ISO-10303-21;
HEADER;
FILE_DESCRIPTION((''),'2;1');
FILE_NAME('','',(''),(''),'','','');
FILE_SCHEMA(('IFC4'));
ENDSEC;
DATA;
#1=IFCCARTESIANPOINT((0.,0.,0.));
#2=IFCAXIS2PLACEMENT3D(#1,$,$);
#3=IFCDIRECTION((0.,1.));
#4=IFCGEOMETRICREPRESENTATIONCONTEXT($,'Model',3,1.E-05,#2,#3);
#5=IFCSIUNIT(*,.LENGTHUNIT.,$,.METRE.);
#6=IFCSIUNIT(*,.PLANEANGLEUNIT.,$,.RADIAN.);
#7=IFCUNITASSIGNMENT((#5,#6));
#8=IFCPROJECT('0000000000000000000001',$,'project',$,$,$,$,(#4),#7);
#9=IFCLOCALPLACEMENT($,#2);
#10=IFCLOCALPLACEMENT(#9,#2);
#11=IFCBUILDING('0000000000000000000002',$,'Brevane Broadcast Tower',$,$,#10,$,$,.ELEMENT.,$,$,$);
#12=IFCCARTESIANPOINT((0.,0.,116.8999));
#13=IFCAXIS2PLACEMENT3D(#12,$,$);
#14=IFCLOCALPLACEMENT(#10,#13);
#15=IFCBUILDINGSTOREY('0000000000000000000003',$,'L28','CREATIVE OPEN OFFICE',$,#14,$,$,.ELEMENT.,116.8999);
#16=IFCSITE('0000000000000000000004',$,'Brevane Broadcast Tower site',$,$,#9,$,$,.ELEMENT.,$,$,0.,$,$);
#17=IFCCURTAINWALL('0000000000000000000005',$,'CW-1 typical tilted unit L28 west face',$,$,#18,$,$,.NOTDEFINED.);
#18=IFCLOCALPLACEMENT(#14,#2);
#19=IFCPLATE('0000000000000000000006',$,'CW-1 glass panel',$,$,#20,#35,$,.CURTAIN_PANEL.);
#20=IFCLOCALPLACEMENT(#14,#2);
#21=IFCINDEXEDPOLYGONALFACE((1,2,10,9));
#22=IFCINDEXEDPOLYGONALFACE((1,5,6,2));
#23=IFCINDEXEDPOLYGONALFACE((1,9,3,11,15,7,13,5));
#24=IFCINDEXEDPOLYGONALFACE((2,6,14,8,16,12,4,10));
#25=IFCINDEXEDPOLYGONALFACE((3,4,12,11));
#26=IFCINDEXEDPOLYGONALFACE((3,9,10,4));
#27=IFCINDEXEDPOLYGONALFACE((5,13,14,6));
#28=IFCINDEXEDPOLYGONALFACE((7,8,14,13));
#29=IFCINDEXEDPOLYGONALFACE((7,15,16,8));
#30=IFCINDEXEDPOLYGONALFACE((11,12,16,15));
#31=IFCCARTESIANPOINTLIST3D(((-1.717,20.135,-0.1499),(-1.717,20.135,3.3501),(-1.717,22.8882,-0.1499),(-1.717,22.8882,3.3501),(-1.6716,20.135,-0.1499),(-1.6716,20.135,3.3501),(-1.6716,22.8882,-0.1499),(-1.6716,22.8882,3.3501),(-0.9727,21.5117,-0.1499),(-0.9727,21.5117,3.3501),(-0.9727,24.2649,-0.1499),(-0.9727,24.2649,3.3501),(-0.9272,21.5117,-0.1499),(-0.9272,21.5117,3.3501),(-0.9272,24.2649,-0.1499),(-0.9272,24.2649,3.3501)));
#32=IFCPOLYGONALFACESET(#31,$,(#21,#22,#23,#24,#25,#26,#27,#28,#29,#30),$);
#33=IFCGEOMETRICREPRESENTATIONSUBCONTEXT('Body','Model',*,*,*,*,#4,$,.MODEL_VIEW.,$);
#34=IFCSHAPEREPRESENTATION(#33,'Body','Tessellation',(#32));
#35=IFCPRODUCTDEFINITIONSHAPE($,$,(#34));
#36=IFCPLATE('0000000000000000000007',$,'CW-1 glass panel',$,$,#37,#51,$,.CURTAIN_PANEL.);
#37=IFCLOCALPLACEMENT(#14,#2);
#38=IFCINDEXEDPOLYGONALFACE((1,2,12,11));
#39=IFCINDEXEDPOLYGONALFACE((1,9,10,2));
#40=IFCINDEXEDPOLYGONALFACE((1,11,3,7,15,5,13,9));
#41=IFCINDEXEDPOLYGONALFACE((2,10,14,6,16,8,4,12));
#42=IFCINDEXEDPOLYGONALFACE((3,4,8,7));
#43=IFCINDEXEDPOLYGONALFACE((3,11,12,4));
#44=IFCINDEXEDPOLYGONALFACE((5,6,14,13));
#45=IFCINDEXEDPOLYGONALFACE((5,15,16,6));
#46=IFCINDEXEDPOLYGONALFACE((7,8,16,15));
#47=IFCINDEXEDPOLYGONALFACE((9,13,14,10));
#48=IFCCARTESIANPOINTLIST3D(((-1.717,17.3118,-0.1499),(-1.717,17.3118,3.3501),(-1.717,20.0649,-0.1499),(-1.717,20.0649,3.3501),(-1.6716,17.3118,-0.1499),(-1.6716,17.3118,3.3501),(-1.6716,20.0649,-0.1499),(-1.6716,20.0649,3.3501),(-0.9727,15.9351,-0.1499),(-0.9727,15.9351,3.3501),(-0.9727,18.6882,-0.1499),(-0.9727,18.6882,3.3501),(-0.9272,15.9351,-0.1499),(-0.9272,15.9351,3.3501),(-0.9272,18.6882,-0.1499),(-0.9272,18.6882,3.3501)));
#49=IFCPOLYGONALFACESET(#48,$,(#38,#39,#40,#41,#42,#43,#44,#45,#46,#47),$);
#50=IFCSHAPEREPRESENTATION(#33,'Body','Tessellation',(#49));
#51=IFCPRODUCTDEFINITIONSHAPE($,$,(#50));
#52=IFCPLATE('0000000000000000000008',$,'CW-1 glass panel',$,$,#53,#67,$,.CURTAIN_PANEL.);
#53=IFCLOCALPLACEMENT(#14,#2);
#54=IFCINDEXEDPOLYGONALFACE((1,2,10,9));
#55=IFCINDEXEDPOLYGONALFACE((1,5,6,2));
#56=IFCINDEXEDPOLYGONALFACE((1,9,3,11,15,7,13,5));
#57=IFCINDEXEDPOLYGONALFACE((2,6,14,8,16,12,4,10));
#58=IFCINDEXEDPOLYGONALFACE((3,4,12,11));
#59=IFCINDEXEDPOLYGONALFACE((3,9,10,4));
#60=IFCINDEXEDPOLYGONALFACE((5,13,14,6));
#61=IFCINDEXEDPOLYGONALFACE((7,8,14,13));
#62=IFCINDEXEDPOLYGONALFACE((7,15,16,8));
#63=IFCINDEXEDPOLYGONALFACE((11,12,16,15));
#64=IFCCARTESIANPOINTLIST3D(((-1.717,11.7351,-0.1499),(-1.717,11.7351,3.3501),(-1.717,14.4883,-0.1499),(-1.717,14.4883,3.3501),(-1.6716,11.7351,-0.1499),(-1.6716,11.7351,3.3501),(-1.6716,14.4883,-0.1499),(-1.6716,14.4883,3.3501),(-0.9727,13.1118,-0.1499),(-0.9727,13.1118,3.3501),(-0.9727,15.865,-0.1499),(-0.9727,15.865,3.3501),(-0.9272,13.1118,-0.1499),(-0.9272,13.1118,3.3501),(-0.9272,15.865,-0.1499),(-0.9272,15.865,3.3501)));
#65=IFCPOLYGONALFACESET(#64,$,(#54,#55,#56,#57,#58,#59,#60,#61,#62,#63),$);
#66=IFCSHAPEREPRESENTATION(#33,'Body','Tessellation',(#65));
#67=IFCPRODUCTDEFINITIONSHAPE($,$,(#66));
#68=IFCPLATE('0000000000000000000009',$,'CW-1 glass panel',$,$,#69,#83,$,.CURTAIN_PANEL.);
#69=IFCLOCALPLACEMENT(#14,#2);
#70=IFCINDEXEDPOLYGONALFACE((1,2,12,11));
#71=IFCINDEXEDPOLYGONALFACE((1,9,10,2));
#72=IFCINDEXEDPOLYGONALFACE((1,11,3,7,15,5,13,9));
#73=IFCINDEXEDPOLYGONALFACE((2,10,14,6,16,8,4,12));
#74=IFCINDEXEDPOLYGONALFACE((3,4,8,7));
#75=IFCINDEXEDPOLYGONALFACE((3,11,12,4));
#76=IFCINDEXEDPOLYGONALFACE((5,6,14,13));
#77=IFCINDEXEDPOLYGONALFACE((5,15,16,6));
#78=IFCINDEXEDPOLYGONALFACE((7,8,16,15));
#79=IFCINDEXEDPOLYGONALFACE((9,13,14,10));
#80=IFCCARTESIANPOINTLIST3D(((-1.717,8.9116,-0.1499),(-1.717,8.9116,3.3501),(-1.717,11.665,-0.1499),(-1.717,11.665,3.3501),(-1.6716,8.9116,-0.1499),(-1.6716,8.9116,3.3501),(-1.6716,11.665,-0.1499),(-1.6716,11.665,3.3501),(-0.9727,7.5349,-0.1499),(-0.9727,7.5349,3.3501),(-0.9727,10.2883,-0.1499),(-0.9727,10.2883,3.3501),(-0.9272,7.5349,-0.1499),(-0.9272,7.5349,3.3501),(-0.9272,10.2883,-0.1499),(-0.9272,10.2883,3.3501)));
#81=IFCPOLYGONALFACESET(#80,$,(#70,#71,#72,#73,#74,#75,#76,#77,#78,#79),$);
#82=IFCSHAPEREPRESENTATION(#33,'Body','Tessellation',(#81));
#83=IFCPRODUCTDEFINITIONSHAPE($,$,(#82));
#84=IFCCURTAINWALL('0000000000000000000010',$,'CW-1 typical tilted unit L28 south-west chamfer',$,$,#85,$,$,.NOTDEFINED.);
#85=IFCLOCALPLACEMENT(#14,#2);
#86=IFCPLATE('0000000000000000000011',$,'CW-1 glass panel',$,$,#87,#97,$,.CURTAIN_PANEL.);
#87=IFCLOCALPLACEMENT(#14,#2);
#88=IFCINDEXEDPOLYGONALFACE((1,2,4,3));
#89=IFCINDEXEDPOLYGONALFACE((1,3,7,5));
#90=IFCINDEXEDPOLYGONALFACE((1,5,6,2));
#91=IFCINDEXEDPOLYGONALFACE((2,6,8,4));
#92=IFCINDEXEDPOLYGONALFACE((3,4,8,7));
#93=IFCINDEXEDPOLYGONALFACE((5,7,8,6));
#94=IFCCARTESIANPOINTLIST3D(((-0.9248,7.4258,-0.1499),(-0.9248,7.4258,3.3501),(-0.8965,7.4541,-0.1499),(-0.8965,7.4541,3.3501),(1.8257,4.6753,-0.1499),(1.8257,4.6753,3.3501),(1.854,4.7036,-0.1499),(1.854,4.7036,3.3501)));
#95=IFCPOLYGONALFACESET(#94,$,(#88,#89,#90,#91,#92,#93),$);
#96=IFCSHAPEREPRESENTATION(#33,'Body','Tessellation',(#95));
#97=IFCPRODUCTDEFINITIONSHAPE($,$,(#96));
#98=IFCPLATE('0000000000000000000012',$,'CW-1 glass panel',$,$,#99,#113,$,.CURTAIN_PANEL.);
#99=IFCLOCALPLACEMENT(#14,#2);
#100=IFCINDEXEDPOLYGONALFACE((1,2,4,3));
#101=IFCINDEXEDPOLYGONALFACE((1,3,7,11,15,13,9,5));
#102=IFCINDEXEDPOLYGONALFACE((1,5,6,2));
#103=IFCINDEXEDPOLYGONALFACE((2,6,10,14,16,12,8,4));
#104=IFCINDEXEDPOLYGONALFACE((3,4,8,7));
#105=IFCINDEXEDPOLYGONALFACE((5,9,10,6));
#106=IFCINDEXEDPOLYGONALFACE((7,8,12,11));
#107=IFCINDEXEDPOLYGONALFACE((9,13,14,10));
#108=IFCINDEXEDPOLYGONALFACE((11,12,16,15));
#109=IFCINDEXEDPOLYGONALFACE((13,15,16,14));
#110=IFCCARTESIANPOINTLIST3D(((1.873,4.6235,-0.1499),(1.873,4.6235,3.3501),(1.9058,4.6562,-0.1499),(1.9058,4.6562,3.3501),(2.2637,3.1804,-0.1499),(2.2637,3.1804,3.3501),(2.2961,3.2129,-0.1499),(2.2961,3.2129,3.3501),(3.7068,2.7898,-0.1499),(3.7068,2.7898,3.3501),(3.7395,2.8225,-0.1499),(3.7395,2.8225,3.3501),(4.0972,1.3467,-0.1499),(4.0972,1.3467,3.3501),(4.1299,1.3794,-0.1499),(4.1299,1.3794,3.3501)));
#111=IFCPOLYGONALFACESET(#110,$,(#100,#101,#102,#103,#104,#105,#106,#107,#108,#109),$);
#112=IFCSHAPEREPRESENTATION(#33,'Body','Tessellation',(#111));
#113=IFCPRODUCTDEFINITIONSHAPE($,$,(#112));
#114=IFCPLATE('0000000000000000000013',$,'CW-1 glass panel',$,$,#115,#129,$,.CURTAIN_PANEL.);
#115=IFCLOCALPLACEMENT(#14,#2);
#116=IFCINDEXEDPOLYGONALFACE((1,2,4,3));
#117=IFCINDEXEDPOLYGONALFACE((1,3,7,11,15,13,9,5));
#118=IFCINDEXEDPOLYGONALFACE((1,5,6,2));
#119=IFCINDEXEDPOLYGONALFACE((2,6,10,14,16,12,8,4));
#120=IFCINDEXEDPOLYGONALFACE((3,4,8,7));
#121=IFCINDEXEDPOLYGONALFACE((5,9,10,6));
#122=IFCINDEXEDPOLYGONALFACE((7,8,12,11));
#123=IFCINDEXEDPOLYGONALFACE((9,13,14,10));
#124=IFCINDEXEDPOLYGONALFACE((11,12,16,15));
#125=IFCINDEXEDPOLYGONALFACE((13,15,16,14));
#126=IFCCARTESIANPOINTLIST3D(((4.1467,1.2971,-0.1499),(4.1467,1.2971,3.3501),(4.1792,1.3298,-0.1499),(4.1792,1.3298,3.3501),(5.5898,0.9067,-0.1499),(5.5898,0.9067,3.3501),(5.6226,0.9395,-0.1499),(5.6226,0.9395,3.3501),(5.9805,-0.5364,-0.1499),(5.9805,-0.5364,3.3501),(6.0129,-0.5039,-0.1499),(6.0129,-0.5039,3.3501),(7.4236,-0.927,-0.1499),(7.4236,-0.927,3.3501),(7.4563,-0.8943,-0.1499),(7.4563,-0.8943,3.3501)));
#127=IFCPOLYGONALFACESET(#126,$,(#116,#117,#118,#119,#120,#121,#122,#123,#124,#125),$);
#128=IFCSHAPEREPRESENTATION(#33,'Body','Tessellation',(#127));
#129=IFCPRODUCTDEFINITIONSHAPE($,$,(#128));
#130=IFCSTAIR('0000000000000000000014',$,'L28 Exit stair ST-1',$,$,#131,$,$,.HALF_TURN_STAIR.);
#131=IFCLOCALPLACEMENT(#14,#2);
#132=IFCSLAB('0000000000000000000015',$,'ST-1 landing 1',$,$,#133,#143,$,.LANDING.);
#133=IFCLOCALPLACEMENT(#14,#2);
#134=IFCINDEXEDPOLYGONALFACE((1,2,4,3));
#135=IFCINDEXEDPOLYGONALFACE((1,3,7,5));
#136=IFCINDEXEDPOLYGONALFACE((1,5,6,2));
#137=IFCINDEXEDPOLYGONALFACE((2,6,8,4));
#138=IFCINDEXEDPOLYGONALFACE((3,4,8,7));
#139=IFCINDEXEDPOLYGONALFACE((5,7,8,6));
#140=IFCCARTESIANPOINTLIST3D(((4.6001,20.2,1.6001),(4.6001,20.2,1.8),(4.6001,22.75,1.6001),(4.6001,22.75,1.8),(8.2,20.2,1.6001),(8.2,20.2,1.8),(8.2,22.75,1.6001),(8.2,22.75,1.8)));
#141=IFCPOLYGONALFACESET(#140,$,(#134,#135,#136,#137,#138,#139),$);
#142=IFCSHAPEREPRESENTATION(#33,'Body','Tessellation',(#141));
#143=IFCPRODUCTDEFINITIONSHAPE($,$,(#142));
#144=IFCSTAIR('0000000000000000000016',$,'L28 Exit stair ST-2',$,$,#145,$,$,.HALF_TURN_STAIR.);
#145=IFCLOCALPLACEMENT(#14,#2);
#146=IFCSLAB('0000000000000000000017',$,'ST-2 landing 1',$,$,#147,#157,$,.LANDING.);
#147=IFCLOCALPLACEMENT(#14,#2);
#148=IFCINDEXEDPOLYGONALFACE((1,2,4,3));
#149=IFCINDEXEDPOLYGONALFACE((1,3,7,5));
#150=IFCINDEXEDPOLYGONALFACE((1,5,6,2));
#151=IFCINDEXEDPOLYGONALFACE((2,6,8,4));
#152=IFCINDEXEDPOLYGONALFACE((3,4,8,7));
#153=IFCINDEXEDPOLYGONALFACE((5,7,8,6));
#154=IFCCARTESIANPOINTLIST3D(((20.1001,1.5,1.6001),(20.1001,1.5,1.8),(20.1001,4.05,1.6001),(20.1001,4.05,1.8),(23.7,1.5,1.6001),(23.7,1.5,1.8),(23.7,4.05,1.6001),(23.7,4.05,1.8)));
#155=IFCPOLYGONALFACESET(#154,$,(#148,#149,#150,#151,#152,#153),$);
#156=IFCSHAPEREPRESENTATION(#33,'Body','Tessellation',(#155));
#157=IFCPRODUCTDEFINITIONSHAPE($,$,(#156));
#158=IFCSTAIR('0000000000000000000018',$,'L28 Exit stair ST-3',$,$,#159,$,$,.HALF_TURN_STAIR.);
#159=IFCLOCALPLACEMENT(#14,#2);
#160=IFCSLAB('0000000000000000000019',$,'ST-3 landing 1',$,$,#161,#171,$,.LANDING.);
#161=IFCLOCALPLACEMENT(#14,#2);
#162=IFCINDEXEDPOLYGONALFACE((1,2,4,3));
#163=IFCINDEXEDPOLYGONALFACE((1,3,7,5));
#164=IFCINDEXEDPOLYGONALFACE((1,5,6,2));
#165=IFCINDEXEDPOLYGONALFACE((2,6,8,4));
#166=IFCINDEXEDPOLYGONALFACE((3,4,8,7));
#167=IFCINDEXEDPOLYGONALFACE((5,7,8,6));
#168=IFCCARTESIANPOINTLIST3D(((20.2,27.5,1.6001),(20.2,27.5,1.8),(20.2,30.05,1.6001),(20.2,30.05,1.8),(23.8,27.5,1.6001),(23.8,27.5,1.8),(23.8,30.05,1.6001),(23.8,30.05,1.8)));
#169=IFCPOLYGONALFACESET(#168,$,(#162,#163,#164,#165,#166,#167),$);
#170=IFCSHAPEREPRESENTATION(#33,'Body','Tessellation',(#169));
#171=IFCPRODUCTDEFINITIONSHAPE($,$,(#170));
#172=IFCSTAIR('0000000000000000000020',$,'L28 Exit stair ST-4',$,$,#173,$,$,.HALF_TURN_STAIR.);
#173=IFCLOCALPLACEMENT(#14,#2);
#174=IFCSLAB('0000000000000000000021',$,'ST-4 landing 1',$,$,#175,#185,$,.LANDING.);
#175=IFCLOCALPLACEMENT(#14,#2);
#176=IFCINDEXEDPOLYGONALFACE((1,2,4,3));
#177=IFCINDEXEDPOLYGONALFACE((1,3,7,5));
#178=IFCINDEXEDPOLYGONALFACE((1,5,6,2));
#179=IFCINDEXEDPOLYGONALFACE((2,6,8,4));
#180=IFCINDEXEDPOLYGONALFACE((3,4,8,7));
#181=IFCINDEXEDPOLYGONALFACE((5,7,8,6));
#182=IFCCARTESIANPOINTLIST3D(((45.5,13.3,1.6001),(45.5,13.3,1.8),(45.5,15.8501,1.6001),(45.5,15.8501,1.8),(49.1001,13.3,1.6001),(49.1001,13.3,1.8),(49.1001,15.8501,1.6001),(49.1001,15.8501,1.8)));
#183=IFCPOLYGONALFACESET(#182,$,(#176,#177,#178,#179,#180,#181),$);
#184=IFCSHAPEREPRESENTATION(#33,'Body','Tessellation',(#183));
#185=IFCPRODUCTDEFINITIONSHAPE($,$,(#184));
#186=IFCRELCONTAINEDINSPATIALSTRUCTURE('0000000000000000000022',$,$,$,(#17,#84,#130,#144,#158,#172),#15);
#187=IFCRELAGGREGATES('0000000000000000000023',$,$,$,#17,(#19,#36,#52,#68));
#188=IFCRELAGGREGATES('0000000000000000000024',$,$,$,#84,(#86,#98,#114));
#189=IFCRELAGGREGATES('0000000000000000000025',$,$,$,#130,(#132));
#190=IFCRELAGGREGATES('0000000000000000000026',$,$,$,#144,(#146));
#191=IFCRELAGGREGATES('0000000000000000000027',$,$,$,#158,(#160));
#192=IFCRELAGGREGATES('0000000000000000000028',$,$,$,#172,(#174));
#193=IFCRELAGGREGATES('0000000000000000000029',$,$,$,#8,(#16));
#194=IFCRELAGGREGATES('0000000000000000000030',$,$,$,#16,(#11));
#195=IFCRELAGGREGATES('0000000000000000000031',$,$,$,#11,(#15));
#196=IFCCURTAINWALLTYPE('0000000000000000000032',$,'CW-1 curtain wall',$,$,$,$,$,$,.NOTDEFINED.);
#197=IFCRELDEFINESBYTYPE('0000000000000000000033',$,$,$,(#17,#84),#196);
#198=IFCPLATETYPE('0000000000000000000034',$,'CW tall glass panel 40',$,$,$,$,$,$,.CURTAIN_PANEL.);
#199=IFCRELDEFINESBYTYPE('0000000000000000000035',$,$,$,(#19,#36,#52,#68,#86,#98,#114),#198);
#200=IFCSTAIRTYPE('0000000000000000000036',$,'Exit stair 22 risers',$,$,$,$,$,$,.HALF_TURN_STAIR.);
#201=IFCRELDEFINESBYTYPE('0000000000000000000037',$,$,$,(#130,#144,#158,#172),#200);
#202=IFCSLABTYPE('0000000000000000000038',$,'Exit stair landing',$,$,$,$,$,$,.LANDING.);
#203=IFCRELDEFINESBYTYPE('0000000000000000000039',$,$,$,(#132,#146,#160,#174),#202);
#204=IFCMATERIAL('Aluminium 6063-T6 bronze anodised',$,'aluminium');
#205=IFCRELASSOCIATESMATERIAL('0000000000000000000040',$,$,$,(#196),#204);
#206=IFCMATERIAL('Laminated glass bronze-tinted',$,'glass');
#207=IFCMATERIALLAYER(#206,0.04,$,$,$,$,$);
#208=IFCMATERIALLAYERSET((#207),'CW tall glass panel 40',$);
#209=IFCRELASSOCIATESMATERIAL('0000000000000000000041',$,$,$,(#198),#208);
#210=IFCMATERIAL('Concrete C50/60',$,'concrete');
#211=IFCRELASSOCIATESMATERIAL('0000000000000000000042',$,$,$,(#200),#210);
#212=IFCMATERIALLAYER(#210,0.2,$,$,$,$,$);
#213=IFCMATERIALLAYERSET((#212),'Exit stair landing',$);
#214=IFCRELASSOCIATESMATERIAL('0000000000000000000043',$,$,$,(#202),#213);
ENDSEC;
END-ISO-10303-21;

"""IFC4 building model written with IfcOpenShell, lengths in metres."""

from ifc_helpers import new_model, si_unit, direction, frame, origin, place, context, subcontext, project, spatial, polyline, outline, extrude, material, layer, layer_set, type_object, element, aggregate, save


model = new_model("IFC4")

# Units and contexts
model_context = context("Model", 3, precision=1e-05, world=origin(), true_north=direction((0.0, 1.0)))
body_context = subcontext(model_context, "Body", "Model", "MODEL_VIEW")
ifc_project = project(units=[si_unit("LENGTHUNIT", "METRE"), si_unit("PLANEANGLEUNIT", "RADIAN")], contexts=[model_context])

# Site, building, storey
site_placement = place(None, origin())
site = spatial("IfcSite", under=ifc_project, at=site_placement, Name="Brevane Broadcast Tower site", CompositionType="ELEMENT", RefElevation=0.0)
building_placement = place(site_placement, origin())
building = spatial("IfcBuilding", under=site, at=building_placement, Name="Brevane Broadcast Tower", CompositionType="ELEMENT")
storey_placement = place(building_placement, frame((0.0, 0.0, 116.8999)))
storey = spatial("IfcBuildingStorey", under=building, at=storey_placement, Name="L28", Description="CREATIVE OPEN OFFICE", CompositionType="ELEMENT", Elevation=116.8999)

# Curtain walls, plates
ifc_material_1 = material(Name="Aluminium 6063-T6 bronze anodised", Category="aluminium")
curtain_wall_type = type_object("IfcCurtainWallType", Name="CW-1 curtain wall", PredefinedType="NOTDEFINED", material=ifc_material_1)
ifc_material_2 = material(Name="Laminated glass bronze-tinted", Category="glass")
ifc_layer_1 = layer(ifc_material_2, 0.04)
ifc_layer_set_1 = layer_set([ifc_layer_1], Name="CW tall glass panel 40")
plate_type = type_object("IfcPlateType", Name="CW tall glass panel 40", PredefinedType="CURTAIN_PANEL", material=ifc_layer_set_1)
curtain_wall_1_placement = place(storey_placement, origin())
curtain_wall_1 = element("IfcCurtainWall", 1, at=curtain_wall_1_placement, inside=storey, type_object=curtain_wall_type, Name="CW-1 typical tilted unit L28 west face", PredefinedType="NOTDEFINED")
plate_1_placement = place(storey_placement, frame((0.0, 0.0, -0.1499)))
plate_1 = element("IfcPlate", 2, at=plate_1_placement, type_object=plate_type, Name="CW-1 glass panel", PredefinedType="CURTAIN_PANEL", context=body_context, shape_type="SweptSolid", body=[
    extrude(outline(polyline([(-0.9272, 24.2649), (-0.9727, 24.2649), (-1.717, 22.8882), (-0.9727, 21.5117), (-1.717, 20.135), (-1.6716, 20.135), (-0.9272, 21.5117), (-1.6716, 22.8882), (-0.9272, 24.2649)])), origin(), (0.0, 0.0, 1.0), 3.5),
])
plate_2_placement = place(storey_placement, frame((0.0, 0.0, -0.1499)))
plate_2 = element("IfcPlate", 3, at=plate_2_placement, type_object=plate_type, Name="CW-1 glass panel", PredefinedType="CURTAIN_PANEL", context=body_context, shape_type="SweptSolid", body=[
    extrude(outline(polyline([(-1.6716, 20.0649), (-1.717, 20.0649), (-0.9727, 18.6882), (-1.717, 17.3118), (-0.9727, 15.9351), (-0.9272, 15.9351), (-1.6716, 17.3118), (-0.9272, 18.6882), (-1.6716, 20.0649)])), origin(), (0.0, 0.0, 1.0), 3.5),
])
plate_3_placement = place(storey_placement, frame((0.0, 0.0, -0.1499)))
plate_3 = element("IfcPlate", 4, at=plate_3_placement, type_object=plate_type, Name="CW-1 glass panel", PredefinedType="CURTAIN_PANEL", context=body_context, shape_type="SweptSolid", body=[
    extrude(outline(polyline([(-0.9272, 15.865), (-0.9727, 15.865), (-1.717, 14.4883), (-0.9727, 13.1118), (-1.717, 11.7351), (-1.6716, 11.7351), (-0.9272, 13.1118), (-1.6716, 14.4883), (-0.9272, 15.865)])), origin(), (0.0, 0.0, 1.0), 3.5),
])
plate_4_placement = place(storey_placement, frame((0.0, 0.0, -0.1499)))
plate_4 = element("IfcPlate", 5, at=plate_4_placement, type_object=plate_type, Name="CW-1 glass panel", PredefinedType="CURTAIN_PANEL", context=body_context, shape_type="SweptSolid", body=[
    extrude(outline(polyline([(-1.6716, 11.665), (-1.717, 11.665), (-0.9727, 10.2883), (-1.717, 8.9116), (-0.9727, 7.5349), (-0.9272, 7.5349), (-1.6716, 8.9116), (-0.9272, 10.2883), (-1.6716, 11.665)])), origin(), (0.0, 0.0, 1.0), 3.5),
])
aggregate(curtain_wall_1, [plate_1, plate_2, plate_3, plate_4])
curtain_wall_2_placement = place(storey_placement, origin())
curtain_wall_2 = element("IfcCurtainWall", 6, at=curtain_wall_2_placement, inside=storey, type_object=curtain_wall_type, Name="CW-1 typical tilted unit L28 south-west chamfer", PredefinedType="NOTDEFINED")
plate_5_placement = place(storey_placement, frame((0.0, 0.0, -0.1499)))
plate_5 = element("IfcPlate", 7, at=plate_5_placement, type_object=plate_type, Name="CW-1 glass panel", PredefinedType="CURTAIN_PANEL", context=body_context, shape_type="SweptSolid", body=[
    extrude(outline(polyline([(-0.8965, 7.4541), (1.854, 4.7036), (1.8257, 4.6753), (-0.9248, 7.4258), (-0.8965, 7.4541)])), origin(), (0.0, 0.0, 1.0), 3.5),
])
plate_6_placement = place(storey_placement, frame((0.0, 0.0, -0.1499)))
plate_6 = element("IfcPlate", 8, at=plate_6_placement, type_object=plate_type, Name="CW-1 glass panel", PredefinedType="CURTAIN_PANEL", context=body_context, shape_type="SweptSolid", body=[
    extrude(outline(polyline([(1.9058, 4.6562), (1.873, 4.6235), (2.2637, 3.1804), (3.7068, 2.7898), (4.0972, 1.3467), (4.1299, 1.3794), (3.7395, 2.8225), (2.2961, 3.2129), (1.9058, 4.6562)])), origin(), (0.0, 0.0, 1.0), 3.5),
])
plate_7_placement = place(storey_placement, frame((0.0, 0.0, -0.1499)))
plate_7 = element("IfcPlate", 9, at=plate_7_placement, type_object=plate_type, Name="CW-1 glass panel", PredefinedType="CURTAIN_PANEL", context=body_context, shape_type="SweptSolid", body=[
    extrude(outline(polyline([(4.1792, 1.3298), (4.1467, 1.2971), (5.5898, 0.9067), (5.9805, -0.5364), (7.4236, -0.927), (7.4563, -0.8943), (6.0129, -0.5039), (5.6226, 0.9395), (4.1792, 1.3298)])), origin(), (0.0, 0.0, 1.0), 3.5),
])
aggregate(curtain_wall_2, [plate_5, plate_6, plate_7])

# Stairs, slabs
ifc_material_3 = material(Name="Concrete C50/60", Category="concrete")
stair_type = type_object("IfcStairType", Name="Exit stair 22 risers", PredefinedType="HALF_TURN_STAIR", material=ifc_material_3)
stair_1_placement = place(storey_placement, origin())
stair_1 = element("IfcStair", 10, at=stair_1_placement, inside=storey, type_object=stair_type, Name="L28 Exit stair ST-1", PredefinedType="HALF_TURN_STAIR")
ifc_layer_2 = layer(ifc_material_3, 0.2)
ifc_layer_set_2 = layer_set([ifc_layer_2], Name="Exit stair landing")
slab_type_1 = type_object("IfcSlabType", Name="Exit stair landing", PredefinedType="LANDING", material=ifc_layer_set_2)
slab_1_placement = place(storey_placement, frame((0.0, 0.0, 1.6001)))
slab_1 = element("IfcSlab", 11, at=slab_1_placement, type_object=slab_type_1, Name="ST-1 landing 1", PredefinedType="LANDING", context=body_context, shape_type="SweptSolid", body=[
    extrude(outline(polyline([(4.6001, 20.2), (8.2, 20.2), (8.2, 22.75), (4.6001, 22.75), (4.6001, 20.2)])), origin(), (0.0, 0.0, 1.0), 0.2),
])
aggregate(stair_1, [slab_1])
stair_2_placement = place(storey_placement, origin())
stair_2 = element("IfcStair", 12, at=stair_2_placement, inside=storey, type_object=stair_type, Name="L28 Exit stair ST-2", PredefinedType="HALF_TURN_STAIR")
slab_2_placement = place(storey_placement, frame((0.0, 0.0, 1.6001)))
slab_2 = element("IfcSlab", 13, at=slab_2_placement, type_object=slab_type_1, Name="ST-2 landing 1", PredefinedType="LANDING", context=body_context, shape_type="SweptSolid", body=[
    extrude(outline(polyline([(20.1001, 1.5), (23.7, 1.5), (23.7, 4.05), (20.1001, 4.05), (20.1001, 1.5)])), origin(), (0.0, 0.0, 1.0), 0.2),
])
aggregate(stair_2, [slab_2])
stair_3_placement = place(storey_placement, origin())
stair_3 = element("IfcStair", 14, at=stair_3_placement, inside=storey, type_object=stair_type, Name="L28 Exit stair ST-3", PredefinedType="HALF_TURN_STAIR")
slab_3_placement = place(storey_placement, frame((0.0, 0.0, 1.6001)))
slab_3 = element("IfcSlab", 15, at=slab_3_placement, type_object=slab_type_1, Name="ST-3 landing 1", PredefinedType="LANDING", context=body_context, shape_type="SweptSolid", body=[
    extrude(outline(polyline([(20.2, 27.5), (23.8, 27.5), (23.8, 30.05), (20.2, 30.05), (20.2, 27.5)])), origin(), (0.0, 0.0, 1.0), 0.2),
])
aggregate(stair_3, [slab_3])
stair_4_placement = place(storey_placement, origin())
stair_4 = element("IfcStair", 16, at=stair_4_placement, inside=storey, type_object=stair_type, Name="L28 Exit stair ST-4", PredefinedType="HALF_TURN_STAIR")
slab_4_placement = place(storey_placement, frame((0.0, 0.0, 1.6001)))
slab_4 = element("IfcSlab", 17, at=slab_4_placement, type_object=slab_type_1, Name="ST-4 landing 1", PredefinedType="LANDING", context=body_context, shape_type="SweptSolid", body=[
    extrude(outline(polyline([(45.5, 13.3), (49.1001, 13.3), (49.1001, 15.8501), (45.5, 15.8501), (45.5, 13.3)])), origin(), (0.0, 0.0, 1.0), 0.2),
])
aggregate(stair_4, [slab_4])

save(model, "model.ifc")
